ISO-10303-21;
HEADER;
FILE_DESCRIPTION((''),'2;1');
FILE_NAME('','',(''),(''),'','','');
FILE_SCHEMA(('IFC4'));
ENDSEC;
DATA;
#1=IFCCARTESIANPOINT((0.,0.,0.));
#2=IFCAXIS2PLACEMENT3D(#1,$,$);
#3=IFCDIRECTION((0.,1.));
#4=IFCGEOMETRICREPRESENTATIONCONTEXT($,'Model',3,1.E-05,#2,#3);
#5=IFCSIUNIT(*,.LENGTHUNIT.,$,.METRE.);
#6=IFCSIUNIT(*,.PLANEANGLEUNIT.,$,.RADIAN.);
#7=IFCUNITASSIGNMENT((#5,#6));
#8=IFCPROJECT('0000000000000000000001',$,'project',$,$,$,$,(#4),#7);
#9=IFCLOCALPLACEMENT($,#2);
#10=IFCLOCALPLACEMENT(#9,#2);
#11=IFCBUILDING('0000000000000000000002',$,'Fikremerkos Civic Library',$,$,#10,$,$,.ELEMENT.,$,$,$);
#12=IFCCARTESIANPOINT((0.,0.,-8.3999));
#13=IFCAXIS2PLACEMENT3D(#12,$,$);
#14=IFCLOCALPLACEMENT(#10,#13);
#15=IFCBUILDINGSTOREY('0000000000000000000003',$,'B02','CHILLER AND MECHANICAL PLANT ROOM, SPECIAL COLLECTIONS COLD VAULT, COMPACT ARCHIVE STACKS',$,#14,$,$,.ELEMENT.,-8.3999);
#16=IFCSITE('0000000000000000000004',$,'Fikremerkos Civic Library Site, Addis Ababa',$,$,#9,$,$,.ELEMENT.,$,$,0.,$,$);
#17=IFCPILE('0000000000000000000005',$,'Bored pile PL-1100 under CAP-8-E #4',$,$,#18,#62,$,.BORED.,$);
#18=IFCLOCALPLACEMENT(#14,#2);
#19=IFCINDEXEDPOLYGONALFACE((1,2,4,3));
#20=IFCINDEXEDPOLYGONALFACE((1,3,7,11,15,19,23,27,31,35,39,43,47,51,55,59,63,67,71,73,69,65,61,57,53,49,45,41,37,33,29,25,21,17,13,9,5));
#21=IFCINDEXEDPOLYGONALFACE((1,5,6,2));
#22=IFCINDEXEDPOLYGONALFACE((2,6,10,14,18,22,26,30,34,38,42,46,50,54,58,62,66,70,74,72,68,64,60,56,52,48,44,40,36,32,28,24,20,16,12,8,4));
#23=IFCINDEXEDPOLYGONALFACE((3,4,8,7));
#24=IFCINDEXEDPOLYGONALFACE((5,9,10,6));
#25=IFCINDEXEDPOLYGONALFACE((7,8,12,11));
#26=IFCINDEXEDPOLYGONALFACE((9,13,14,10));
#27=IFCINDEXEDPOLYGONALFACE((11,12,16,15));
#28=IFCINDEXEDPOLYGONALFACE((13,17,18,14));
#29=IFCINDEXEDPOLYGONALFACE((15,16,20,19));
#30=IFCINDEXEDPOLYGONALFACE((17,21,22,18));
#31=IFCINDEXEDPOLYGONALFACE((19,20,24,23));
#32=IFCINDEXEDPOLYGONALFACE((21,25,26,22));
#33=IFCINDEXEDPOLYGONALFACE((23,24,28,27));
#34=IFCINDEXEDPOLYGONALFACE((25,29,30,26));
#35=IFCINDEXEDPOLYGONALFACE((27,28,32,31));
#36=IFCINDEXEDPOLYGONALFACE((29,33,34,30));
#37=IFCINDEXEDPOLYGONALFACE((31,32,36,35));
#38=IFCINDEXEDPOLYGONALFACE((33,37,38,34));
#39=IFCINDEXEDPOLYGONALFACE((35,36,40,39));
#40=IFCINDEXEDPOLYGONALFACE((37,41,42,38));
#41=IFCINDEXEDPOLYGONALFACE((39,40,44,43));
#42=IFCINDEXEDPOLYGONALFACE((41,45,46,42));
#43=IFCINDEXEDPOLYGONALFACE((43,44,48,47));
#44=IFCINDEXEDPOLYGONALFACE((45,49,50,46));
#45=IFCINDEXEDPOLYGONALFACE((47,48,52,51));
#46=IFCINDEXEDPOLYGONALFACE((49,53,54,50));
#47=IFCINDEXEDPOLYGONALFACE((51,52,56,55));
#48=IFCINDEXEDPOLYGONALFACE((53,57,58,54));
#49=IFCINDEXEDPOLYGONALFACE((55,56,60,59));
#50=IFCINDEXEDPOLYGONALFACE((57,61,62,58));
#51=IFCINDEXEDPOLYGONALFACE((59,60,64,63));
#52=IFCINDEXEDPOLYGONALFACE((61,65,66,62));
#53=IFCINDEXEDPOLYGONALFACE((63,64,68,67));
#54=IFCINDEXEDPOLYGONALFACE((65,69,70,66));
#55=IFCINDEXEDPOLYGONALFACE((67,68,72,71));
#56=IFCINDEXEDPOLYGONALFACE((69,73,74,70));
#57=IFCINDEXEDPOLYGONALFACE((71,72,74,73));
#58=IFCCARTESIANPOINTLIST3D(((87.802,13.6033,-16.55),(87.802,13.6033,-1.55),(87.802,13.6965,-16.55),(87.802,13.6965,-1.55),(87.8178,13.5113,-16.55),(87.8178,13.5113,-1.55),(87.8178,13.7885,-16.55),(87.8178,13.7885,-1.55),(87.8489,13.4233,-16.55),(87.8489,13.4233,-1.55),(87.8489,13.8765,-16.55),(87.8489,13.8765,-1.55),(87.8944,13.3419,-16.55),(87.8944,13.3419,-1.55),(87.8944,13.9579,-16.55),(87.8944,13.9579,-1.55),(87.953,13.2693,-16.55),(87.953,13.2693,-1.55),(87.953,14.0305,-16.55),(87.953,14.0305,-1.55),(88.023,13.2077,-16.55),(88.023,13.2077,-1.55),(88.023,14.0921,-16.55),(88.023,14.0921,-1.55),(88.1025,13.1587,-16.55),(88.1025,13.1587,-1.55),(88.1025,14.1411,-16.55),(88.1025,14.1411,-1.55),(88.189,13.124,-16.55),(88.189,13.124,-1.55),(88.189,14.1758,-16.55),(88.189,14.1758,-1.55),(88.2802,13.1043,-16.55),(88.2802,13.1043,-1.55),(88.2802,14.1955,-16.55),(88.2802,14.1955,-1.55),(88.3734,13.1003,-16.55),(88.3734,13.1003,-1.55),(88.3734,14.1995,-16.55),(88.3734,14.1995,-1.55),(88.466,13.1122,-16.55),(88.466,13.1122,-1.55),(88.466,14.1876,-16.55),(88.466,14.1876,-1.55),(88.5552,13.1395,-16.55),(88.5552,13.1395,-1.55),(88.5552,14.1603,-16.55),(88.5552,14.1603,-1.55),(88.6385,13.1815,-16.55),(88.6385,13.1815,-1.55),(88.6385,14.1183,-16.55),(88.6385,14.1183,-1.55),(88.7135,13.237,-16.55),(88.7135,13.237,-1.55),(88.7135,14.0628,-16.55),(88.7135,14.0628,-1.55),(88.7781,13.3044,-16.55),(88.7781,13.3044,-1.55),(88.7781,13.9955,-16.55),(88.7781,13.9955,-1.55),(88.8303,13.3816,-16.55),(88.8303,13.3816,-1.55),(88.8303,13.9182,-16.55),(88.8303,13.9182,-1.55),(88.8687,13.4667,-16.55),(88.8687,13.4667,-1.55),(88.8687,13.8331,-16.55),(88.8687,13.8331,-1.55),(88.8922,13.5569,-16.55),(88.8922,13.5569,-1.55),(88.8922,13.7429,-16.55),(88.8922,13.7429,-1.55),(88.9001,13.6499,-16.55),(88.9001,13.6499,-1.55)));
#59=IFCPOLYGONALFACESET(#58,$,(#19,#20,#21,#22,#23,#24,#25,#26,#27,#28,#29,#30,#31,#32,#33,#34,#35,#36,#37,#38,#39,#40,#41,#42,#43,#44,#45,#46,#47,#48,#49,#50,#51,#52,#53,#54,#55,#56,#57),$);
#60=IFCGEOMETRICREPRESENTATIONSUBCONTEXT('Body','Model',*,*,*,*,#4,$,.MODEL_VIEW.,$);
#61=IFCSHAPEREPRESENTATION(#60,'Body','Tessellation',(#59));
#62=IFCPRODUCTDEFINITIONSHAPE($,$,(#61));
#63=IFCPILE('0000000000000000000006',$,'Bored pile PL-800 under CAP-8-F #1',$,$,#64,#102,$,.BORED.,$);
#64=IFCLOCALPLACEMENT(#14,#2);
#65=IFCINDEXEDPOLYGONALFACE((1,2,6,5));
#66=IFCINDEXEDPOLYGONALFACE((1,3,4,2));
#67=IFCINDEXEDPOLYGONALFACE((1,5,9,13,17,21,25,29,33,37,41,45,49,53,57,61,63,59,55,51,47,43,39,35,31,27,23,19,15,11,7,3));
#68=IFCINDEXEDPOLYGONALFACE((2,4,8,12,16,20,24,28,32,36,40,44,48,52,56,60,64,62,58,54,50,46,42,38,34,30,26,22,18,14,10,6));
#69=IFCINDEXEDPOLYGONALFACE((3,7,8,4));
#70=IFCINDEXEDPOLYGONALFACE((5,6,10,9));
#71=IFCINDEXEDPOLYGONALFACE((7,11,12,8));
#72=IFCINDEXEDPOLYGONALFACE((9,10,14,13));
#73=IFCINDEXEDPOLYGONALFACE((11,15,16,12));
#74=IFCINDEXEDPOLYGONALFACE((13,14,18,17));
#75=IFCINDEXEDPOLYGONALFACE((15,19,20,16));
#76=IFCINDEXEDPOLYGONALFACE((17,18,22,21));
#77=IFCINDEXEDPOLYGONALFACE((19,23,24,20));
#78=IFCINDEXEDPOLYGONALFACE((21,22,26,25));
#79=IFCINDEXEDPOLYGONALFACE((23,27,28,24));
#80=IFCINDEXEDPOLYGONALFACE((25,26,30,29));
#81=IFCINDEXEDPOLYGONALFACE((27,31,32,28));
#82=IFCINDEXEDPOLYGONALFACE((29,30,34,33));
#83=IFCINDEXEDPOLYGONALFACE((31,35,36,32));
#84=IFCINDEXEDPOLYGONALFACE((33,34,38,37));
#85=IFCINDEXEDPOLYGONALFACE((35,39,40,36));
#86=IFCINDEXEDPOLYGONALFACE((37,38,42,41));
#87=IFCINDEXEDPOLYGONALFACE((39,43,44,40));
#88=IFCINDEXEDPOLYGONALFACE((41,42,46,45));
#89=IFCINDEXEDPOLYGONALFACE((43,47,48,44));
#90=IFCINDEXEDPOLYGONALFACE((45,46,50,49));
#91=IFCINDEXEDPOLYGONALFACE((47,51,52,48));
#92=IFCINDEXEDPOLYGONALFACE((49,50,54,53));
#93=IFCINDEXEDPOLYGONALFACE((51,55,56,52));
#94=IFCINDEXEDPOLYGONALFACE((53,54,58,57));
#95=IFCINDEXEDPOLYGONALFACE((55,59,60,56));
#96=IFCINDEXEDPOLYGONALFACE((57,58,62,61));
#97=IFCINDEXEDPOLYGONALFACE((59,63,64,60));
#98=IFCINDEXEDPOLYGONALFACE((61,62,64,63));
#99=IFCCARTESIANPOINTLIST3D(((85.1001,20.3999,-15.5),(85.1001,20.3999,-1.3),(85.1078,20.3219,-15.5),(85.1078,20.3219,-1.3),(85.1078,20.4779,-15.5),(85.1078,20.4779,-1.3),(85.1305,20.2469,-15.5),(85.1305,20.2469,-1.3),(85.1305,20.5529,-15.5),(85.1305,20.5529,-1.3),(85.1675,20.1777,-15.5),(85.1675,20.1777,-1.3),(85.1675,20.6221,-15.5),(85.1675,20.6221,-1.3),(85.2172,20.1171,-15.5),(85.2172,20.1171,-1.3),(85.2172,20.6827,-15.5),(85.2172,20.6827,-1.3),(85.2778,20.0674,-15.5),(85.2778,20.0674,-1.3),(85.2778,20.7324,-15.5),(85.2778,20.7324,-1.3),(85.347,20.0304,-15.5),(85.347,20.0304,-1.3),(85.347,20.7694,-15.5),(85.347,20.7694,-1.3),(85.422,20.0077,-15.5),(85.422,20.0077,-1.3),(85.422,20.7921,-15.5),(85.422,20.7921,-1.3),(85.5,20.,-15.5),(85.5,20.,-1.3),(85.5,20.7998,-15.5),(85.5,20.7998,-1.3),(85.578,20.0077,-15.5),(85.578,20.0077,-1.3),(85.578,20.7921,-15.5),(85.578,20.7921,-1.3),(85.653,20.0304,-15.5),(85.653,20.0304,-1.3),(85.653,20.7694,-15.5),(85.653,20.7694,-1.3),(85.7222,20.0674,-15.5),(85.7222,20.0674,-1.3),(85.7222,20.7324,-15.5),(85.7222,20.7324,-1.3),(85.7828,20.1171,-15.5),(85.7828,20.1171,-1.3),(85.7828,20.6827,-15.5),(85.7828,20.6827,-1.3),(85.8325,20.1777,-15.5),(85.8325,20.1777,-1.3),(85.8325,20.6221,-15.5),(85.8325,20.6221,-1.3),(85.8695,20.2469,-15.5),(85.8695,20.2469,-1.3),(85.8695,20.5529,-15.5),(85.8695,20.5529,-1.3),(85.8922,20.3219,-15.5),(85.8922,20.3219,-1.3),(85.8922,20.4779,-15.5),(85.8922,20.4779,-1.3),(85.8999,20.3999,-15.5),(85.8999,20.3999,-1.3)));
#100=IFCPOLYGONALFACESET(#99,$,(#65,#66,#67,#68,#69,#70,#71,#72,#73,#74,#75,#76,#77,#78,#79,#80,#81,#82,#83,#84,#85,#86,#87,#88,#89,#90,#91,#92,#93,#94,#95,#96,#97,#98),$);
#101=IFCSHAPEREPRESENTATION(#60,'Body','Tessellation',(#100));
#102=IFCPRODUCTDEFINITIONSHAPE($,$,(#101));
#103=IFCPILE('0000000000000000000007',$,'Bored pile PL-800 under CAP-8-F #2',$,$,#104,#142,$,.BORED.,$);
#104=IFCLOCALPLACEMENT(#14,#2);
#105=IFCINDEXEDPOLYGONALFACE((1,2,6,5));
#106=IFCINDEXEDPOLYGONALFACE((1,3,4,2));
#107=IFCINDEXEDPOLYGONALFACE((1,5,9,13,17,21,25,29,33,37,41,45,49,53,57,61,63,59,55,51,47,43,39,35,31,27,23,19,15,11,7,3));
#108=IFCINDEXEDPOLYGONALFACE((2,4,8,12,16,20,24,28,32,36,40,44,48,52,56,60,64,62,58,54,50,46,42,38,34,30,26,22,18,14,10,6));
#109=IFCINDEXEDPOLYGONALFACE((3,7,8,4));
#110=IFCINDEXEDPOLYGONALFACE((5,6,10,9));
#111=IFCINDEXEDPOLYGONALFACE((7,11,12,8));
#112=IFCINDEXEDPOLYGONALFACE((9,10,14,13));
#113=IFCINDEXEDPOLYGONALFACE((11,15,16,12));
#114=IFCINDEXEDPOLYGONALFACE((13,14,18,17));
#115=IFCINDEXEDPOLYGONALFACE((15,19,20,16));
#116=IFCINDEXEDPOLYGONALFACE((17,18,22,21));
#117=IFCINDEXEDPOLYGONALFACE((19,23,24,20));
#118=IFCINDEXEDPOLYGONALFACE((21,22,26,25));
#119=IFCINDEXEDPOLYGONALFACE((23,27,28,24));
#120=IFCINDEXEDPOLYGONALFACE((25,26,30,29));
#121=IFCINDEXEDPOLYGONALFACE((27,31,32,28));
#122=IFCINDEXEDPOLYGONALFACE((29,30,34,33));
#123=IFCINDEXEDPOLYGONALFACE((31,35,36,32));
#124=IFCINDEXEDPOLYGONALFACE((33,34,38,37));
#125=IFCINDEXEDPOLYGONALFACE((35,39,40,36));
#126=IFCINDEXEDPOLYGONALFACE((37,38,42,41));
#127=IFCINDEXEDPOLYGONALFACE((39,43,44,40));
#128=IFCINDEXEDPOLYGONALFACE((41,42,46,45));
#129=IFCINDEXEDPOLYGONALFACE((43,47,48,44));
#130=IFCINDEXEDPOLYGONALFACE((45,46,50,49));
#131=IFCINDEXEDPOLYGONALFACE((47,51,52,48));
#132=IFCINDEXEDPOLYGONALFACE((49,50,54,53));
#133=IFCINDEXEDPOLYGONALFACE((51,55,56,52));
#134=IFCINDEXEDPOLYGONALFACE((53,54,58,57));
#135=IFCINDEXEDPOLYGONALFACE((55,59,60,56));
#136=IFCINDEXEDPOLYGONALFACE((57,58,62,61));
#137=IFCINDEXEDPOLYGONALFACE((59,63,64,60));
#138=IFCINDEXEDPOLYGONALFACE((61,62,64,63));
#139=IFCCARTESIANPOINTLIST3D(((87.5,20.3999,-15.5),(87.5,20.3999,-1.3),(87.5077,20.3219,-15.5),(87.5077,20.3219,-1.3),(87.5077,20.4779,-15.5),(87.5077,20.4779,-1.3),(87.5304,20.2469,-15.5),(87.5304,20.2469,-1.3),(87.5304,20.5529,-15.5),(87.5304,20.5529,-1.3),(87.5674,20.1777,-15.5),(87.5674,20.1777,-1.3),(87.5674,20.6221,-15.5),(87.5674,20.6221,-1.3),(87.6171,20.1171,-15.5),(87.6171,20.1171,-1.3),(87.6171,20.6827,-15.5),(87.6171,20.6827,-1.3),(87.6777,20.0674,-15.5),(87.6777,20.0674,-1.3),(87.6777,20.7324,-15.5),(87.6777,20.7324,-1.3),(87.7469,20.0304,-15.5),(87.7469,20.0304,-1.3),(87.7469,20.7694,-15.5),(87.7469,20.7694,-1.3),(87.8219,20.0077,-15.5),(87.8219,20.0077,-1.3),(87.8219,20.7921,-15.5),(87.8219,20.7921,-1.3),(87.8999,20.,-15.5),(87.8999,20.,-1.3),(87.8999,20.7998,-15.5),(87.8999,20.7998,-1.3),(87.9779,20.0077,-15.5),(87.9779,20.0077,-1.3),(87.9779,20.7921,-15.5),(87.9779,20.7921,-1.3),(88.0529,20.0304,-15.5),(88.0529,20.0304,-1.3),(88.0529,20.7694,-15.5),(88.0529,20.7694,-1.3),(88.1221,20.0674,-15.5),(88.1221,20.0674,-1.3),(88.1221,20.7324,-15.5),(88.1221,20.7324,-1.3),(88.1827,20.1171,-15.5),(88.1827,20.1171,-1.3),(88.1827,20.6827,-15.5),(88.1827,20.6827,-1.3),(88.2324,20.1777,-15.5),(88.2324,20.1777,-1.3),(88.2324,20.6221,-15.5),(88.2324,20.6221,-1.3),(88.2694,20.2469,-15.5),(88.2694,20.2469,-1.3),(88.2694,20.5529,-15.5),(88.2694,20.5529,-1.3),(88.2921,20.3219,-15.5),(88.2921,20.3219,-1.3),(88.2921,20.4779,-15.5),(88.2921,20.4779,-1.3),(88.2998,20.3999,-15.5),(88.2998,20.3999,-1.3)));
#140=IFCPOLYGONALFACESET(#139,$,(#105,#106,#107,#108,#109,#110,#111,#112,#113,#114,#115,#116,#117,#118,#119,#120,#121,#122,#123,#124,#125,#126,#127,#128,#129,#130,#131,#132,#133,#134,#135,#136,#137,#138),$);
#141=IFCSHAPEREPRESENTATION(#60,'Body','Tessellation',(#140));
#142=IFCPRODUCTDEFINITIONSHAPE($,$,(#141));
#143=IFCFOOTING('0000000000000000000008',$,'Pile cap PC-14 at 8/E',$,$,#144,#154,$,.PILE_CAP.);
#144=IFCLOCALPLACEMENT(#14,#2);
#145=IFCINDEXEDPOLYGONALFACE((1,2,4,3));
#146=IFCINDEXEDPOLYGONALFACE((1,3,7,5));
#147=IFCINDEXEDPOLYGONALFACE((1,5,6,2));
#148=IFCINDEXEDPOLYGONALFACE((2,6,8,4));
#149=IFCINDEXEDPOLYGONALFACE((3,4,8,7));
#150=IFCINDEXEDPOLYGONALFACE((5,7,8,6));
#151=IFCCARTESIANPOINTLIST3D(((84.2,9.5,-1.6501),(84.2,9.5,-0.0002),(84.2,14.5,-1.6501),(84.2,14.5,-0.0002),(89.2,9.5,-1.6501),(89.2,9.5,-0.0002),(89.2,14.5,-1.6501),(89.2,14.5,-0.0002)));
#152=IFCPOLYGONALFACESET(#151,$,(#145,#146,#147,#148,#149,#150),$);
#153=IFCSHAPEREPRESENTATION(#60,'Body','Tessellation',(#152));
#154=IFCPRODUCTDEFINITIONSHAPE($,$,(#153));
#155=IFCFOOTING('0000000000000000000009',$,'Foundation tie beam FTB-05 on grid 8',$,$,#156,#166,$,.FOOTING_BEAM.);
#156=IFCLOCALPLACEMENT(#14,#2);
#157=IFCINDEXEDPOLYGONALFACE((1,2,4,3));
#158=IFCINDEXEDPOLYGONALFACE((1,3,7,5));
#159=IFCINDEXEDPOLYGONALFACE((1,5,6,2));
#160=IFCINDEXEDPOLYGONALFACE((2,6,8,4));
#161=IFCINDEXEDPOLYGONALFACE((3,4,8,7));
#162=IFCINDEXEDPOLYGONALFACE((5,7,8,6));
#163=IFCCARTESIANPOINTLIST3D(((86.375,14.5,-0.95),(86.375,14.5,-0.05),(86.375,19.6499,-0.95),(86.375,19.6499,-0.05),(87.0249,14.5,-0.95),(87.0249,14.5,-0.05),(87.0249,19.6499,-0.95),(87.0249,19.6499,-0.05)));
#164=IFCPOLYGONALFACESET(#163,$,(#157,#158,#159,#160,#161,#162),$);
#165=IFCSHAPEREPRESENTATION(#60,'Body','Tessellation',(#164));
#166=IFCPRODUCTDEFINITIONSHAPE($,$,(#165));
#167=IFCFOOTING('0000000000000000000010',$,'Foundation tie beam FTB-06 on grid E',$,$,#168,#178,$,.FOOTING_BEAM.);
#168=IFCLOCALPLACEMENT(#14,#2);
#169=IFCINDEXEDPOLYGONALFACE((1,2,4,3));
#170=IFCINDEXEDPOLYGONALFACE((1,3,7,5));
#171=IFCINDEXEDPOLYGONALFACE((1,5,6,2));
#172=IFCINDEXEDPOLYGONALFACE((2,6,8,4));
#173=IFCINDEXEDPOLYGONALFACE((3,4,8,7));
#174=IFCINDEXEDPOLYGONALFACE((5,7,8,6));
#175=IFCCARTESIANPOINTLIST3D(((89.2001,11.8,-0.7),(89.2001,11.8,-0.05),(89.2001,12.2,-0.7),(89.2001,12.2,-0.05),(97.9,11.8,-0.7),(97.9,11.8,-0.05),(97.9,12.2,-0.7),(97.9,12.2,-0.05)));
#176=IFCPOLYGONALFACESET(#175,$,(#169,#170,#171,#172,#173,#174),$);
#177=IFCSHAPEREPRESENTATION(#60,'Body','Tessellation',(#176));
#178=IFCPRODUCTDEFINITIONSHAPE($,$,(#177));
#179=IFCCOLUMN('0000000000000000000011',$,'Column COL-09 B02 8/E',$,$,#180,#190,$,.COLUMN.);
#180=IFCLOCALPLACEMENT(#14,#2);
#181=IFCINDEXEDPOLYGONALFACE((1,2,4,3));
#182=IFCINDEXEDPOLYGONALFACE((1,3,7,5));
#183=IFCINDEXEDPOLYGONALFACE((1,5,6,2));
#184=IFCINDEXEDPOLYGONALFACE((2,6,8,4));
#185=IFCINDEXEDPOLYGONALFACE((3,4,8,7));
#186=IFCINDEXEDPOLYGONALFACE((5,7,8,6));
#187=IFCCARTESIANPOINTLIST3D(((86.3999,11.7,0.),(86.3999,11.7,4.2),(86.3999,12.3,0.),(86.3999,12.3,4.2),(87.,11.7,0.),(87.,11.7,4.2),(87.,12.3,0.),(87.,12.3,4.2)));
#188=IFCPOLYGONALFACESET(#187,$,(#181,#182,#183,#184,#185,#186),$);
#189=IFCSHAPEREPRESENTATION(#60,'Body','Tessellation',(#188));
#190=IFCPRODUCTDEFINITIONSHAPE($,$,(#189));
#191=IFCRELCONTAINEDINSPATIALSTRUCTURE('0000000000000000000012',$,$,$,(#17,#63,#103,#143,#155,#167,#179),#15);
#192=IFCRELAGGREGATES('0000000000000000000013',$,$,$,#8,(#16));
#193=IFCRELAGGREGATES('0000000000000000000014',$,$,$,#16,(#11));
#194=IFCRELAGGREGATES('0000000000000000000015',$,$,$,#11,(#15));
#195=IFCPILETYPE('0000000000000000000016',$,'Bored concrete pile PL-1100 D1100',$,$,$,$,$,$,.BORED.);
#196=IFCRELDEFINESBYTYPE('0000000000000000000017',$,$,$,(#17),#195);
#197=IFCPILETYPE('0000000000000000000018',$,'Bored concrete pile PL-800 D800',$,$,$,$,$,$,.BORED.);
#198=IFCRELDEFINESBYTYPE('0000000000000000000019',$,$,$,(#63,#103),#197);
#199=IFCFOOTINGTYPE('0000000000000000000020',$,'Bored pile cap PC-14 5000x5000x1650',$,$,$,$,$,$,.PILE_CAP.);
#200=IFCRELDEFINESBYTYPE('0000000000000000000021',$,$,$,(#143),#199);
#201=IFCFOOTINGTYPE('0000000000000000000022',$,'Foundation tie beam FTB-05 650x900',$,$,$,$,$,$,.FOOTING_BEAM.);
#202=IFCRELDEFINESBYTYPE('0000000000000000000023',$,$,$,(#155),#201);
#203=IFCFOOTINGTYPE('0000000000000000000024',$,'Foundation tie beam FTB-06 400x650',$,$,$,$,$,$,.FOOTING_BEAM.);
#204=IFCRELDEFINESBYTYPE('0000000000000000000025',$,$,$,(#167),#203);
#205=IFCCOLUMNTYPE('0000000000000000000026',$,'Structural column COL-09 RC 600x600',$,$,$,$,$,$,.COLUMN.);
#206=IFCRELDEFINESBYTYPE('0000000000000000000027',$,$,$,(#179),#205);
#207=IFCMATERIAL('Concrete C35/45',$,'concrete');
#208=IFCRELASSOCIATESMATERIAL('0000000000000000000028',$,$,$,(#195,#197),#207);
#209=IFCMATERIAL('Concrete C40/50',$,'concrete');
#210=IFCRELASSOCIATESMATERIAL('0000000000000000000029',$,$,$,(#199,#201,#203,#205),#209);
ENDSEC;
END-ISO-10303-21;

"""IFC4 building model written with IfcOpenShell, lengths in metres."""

from ifc_helpers import new_model, si_unit, direction, frame, origin, origin_2d, place, context, subcontext, project, spatial, rectangle, circle, extrude, material, material_profile, profile_set, type_object, element, save


model = new_model("IFC4")

# Units and contexts
model_context = context("Model", 3, precision=1e-05, world=origin(), true_north=direction((0.0, 1.0)))
body_context = subcontext(model_context, "Body", "Model", "MODEL_VIEW")
ifc_project = project(units=[si_unit("LENGTHUNIT", "METRE"), si_unit("PLANEANGLEUNIT", "RADIAN")], contexts=[model_context])

# Site, building, storey
site_placement = place(None, origin())
site = spatial("IfcSite", under=ifc_project, at=site_placement, Name="Fikremerkos Civic Library Site, Addis Ababa", CompositionType="ELEMENT", RefElevation=0.0)
building_placement = place(site_placement, origin())
building = spatial("IfcBuilding", under=site, at=building_placement, Name="Fikremerkos Civic Library", CompositionType="ELEMENT")
storey_placement = place(building_placement, frame((0.0, 0.0, -8.3999)))
storey = spatial("IfcBuildingStorey", under=building, at=storey_placement, Name="B02", Description="CHILLER AND MECHANICAL PLANT ROOM, SPECIAL COLLECTIONS COLD VAULT, COMPACT ARCHIVE STACKS", CompositionType="ELEMENT", Elevation=-8.3999)

# Piles
ifc_material_1 = material(Name="Concrete C35/45", Category="concrete")
ifc_material_profile_1 = material_profile(ifc_material_1, circle(Radius=0.55, at=origin_2d()), Name="BORED PILE 1100")
ifc_profile_set_1 = profile_set([ifc_material_profile_1], Name="Concrete C35/45")
pile_type_1 = type_object("IfcPileType", Name="Bored concrete pile PL-1100 D1100", PredefinedType="BORED", material=ifc_profile_set_1)
for number, where, z_axis, x_axis, name in (
    (1, (88.3501, 13.6499, -1.55), (0.0, 0.0, -1.0), (1.0, 0.0, 0.0), "Bored pile PL-1100 under CAP-8-E #4"),
):
    element("IfcPile", number, at=place(storey_placement, frame(where, z_axis=z_axis, x_axis=x_axis)), inside=storey, type_object=pile_type_1, Name=name, PredefinedType="BORED", context=body_context, shape_type="SweptSolid", body=[
        extrude(circle(Radius=0.55, at=origin_2d()), origin(), (0.0, 0.0, 1.0), 15.0),
    ])
ifc_material_profile_2 = material_profile(ifc_material_1, circle(Radius=0.3999, at=origin_2d()), Name="BORED PILE 800")
ifc_profile_set_2 = profile_set([ifc_material_profile_2], Name="Concrete C35/45")
pile_type_2 = type_object("IfcPileType", Name="Bored concrete pile PL-800 D800", PredefinedType="BORED", material=ifc_profile_set_2)
for number, where, z_axis, x_axis, name in (
    (2, (85.5, 20.3999, -1.3), (0.0, 0.0, -1.0), (1.0, 0.0, 0.0), "Bored pile PL-800 under CAP-8-F #1"),
    (3, (87.8999, 20.3999, -1.3), (0.0, 0.0, -1.0), (1.0, 0.0, 0.0), "Bored pile PL-800 under CAP-8-F #2"),
):
    element("IfcPile", number, at=place(storey_placement, frame(where, z_axis=z_axis, x_axis=x_axis)), inside=storey, type_object=pile_type_2, Name=name, PredefinedType="BORED", context=body_context, shape_type="SweptSolid", body=[
        extrude(circle(Radius=0.3999, at=origin_2d()), origin(), (0.0, 0.0, 1.0), 14.2),
    ])

# Footings
ifc_material_2 = material(Name="Concrete C40/50", Category="concrete")
footing_type_1 = type_object("IfcFootingType", Name="Bored pile cap PC-14 5000x5000x1650", PredefinedType="PILE_CAP", material=ifc_material_2)
footing_1_placement = place(storey_placement, frame((86.7, 12.0, -1.6501), z_axis=(0.0, 0.0, 1.0), x_axis=(1.0, 0.0, 0.0)))
element("IfcFooting", 4, at=footing_1_placement, inside=storey, type_object=footing_type_1, Name="Pile cap PC-14 at 8/E", PredefinedType="PILE_CAP", context=body_context, shape_type="SweptSolid", body=[
    extrude(rectangle(XDim=5.0, YDim=5.0, at=origin_2d()), origin(), (0.0, 0.0, 1.0), 1.6499),
])
footing_type_2 = type_object("IfcFootingType", Name="Foundation tie beam FTB-05 650x900", PredefinedType="FOOTING_BEAM", material=ifc_material_2)
footing_2_placement = place(storey_placement, frame((86.7, 17.075, -0.95), z_axis=(0.0, 0.0, 1.0), x_axis=(0.0, 1.0, 0.0)))
element("IfcFooting", 5, at=footing_2_placement, inside=storey, type_object=footing_type_2, Name="Foundation tie beam FTB-05 on grid 8", PredefinedType="FOOTING_BEAM", context=body_context, shape_type="SweptSolid", body=[
    extrude(rectangle(XDim=5.1499, YDim=0.6499, at=origin_2d()), origin(), (0.0, 0.0, 1.0), 0.8999),
])
footing_type_3 = type_object("IfcFootingType", Name="Foundation tie beam FTB-06 400x650", PredefinedType="FOOTING_BEAM", material=ifc_material_2)
footing_3_placement = place(storey_placement, frame((93.55, 12.0, -0.7), z_axis=(0.0, 0.0, 1.0), x_axis=(1.0, 0.0, 0.0)))
element("IfcFooting", 6, at=footing_3_placement, inside=storey, type_object=footing_type_3, Name="Foundation tie beam FTB-06 on grid E", PredefinedType="FOOTING_BEAM", context=body_context, shape_type="SweptSolid", body=[
    extrude(rectangle(XDim=8.7, YDim=0.3999, at=origin_2d()), origin(), (0.0, 0.0, 1.0), 0.6499),
])

# Column
ifc_material_profile_3 = material_profile(ifc_material_2, rectangle(XDim=0.6001, YDim=0.6001, at=origin_2d()), Name="RC 600x600")
ifc_profile_set_3 = profile_set([ifc_material_profile_3], Name="Concrete C40/50")
column_type = type_object("IfcColumnType", Name="Structural column COL-09 RC 600x600", PredefinedType="COLUMN", material=ifc_profile_set_3)
column_placement = place(storey_placement, frame((86.7, 12.0, 0.0), z_axis=(0.0, 0.0, 1.0), x_axis=(1.0, 0.0, 0.0)))
element("IfcColumn", 7, at=column_placement, inside=storey, type_object=column_type, Name="Column COL-09 B02 8/E", PredefinedType="COLUMN", context=body_context, shape_type="SweptSolid", body=[
    extrude(rectangle(XDim=0.6001, YDim=0.6001, at=origin_2d()), origin(), (0.0, 0.0, 1.0), 4.2),
])

save(model, "model.ifc")
